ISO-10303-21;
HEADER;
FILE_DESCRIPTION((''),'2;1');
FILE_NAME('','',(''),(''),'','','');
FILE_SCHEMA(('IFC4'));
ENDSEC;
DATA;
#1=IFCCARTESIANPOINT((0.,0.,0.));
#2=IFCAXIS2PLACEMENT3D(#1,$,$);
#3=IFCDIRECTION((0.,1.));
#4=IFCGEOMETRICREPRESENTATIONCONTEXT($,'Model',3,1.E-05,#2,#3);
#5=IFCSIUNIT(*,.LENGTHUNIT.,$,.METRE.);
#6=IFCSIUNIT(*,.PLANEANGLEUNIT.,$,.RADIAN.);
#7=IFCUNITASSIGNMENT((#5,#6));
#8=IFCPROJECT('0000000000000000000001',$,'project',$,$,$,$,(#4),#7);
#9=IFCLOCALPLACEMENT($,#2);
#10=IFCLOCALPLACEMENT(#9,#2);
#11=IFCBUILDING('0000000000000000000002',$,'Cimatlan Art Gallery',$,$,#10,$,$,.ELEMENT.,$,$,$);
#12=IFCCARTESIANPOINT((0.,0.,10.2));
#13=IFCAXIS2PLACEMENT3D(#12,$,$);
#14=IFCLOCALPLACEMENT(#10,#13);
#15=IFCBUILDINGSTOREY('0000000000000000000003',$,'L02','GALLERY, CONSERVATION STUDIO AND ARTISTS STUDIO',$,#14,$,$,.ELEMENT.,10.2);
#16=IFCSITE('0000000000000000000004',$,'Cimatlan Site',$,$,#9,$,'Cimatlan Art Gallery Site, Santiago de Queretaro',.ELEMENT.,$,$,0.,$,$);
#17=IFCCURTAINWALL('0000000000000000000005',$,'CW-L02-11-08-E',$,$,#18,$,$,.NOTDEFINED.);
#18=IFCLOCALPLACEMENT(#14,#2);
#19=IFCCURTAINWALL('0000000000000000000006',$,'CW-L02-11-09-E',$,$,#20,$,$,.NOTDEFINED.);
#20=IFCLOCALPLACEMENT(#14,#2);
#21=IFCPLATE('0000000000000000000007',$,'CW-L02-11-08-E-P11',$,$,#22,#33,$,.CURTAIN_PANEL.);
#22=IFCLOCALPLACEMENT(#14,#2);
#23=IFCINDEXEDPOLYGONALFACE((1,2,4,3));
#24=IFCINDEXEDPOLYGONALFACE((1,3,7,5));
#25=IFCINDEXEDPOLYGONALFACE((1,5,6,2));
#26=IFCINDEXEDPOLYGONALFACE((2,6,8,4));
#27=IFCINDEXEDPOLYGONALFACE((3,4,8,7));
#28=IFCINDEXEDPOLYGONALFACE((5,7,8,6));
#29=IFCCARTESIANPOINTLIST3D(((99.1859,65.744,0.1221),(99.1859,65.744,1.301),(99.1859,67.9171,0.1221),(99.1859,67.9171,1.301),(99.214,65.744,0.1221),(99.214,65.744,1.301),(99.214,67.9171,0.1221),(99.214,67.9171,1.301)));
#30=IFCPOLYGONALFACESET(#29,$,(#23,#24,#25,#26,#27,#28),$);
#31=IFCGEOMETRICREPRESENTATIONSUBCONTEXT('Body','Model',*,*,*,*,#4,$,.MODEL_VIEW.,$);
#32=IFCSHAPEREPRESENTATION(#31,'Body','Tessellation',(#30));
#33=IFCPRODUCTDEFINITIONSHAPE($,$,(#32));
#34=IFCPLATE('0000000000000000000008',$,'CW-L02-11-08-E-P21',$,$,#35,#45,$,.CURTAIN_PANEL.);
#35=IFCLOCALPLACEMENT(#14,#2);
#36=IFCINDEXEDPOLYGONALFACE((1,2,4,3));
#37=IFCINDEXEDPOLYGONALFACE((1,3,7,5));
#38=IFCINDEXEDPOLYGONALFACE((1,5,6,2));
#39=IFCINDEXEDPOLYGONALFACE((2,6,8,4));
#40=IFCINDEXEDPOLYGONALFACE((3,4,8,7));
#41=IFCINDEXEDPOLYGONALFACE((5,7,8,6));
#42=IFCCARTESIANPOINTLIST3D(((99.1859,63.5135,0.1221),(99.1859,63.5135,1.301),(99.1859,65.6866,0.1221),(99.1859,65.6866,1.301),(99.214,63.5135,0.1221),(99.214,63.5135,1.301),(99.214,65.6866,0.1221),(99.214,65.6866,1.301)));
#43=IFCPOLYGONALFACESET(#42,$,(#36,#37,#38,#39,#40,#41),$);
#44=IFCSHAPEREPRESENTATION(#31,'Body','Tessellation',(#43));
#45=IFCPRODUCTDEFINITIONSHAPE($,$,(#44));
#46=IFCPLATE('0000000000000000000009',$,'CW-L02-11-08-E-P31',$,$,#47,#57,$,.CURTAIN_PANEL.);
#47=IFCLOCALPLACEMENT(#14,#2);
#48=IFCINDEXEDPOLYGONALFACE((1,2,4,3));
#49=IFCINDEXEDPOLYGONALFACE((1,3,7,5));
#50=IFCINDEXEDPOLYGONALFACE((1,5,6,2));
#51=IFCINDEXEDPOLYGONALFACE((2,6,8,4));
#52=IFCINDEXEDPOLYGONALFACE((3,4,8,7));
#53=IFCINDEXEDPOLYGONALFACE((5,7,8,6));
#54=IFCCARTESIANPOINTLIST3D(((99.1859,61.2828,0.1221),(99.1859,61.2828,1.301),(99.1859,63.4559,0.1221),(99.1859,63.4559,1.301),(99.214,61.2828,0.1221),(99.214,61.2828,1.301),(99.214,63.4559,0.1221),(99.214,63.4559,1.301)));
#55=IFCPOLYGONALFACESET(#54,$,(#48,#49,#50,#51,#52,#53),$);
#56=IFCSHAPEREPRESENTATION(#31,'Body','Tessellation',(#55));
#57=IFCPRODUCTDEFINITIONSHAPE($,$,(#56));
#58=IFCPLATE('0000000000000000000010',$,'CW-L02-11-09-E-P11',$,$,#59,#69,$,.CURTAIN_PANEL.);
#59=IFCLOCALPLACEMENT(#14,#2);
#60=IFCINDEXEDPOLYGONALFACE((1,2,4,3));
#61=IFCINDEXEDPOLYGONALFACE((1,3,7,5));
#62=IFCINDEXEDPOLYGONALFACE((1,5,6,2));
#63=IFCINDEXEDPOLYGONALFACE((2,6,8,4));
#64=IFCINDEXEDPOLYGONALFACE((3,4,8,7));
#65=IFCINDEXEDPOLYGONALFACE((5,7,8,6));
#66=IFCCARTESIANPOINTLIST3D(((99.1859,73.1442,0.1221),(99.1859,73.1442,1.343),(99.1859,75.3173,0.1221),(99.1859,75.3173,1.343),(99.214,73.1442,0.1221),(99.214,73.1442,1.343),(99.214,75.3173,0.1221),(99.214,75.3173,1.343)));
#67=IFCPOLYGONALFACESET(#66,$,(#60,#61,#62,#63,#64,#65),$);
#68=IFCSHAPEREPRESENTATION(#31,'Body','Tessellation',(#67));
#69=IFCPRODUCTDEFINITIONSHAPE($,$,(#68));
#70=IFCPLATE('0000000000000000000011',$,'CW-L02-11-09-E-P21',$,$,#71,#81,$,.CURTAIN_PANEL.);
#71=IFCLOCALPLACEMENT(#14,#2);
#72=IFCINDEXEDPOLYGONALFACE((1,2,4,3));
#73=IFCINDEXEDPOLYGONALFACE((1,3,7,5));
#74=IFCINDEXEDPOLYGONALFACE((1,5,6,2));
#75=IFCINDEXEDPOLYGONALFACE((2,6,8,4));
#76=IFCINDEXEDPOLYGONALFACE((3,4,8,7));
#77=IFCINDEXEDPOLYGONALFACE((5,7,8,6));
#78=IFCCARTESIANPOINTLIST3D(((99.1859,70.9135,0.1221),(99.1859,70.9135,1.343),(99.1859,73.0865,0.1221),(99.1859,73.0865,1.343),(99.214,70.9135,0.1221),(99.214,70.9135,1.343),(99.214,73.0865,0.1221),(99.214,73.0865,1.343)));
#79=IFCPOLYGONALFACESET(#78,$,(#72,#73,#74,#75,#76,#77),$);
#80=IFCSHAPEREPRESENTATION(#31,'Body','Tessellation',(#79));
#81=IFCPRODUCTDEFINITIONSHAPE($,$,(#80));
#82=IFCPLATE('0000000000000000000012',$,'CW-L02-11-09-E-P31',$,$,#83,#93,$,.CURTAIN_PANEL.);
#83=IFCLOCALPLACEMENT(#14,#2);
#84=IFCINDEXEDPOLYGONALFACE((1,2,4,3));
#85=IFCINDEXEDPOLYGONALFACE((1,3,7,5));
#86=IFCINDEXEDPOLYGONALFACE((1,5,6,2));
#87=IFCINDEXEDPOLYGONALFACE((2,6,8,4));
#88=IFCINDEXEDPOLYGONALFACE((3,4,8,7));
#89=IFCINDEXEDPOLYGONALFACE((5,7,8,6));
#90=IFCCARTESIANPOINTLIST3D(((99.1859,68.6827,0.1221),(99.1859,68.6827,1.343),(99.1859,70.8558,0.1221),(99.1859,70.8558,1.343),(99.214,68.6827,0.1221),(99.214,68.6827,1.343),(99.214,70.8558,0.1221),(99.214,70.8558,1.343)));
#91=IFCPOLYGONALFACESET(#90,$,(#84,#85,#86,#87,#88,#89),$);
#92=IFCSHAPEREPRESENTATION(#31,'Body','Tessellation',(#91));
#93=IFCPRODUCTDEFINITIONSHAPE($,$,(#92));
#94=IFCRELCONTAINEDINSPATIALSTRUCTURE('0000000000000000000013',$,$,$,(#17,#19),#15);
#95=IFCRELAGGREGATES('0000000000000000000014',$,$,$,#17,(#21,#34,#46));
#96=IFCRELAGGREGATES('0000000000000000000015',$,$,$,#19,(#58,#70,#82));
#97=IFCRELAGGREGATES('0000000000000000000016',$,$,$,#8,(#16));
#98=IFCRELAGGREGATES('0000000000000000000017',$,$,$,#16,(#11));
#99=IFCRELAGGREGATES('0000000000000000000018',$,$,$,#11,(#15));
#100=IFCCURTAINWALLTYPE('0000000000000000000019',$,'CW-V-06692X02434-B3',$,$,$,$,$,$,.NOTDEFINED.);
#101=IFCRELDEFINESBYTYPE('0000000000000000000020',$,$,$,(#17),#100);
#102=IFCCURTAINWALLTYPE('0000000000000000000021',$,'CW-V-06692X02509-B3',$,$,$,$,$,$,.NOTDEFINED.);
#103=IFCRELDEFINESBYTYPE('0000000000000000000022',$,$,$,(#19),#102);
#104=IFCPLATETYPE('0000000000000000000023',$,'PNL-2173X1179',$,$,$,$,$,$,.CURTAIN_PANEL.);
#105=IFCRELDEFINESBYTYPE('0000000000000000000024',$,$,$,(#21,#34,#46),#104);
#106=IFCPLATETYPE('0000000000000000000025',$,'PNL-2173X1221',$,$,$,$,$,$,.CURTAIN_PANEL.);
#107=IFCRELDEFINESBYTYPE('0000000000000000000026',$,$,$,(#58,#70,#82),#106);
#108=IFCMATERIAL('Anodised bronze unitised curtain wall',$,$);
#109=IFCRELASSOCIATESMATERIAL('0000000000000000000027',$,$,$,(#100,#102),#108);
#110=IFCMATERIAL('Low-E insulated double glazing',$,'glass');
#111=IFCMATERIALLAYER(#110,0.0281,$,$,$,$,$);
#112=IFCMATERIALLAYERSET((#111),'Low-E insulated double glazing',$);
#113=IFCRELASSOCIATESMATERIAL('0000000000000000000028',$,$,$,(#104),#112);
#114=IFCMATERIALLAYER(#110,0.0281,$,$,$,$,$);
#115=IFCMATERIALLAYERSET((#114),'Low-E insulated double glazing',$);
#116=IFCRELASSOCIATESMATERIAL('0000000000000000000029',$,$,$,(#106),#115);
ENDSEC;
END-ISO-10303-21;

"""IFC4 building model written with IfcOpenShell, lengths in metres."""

from ifc_helpers import new_model, si_unit, direction, frame, origin, origin_2d, place, context, subcontext, project, spatial, rectangle, extrude, material, layer, layer_set, type_object, element, aggregate, save


model = new_model("IFC4")

# Units and contexts
model_context = context("Model", 3, precision=1e-05, world=origin(), true_north=direction((0.0, 1.0)))
body_context = subcontext(model_context, "Body", "Model", "MODEL_VIEW")
ifc_project = project(units=[si_unit("LENGTHUNIT", "METRE"), si_unit("PLANEANGLEUNIT", "RADIAN")], contexts=[model_context])

# Site, building, storey
site_placement = place(None, origin())
site = spatial("IfcSite", under=ifc_project, at=site_placement, Name="Cimatlan Site", LongName="Cimatlan Art Gallery Site, Santiago de Queretaro", CompositionType="ELEMENT", RefElevation=0.0)
building_placement = place(site_placement, origin())
building = spatial("IfcBuilding", under=site, at=building_placement, Name="Cimatlan Art Gallery", CompositionType="ELEMENT")
storey_placement = place(building_placement, frame((0.0, 0.0, 10.2)))
storey = spatial("IfcBuildingStorey", under=building, at=storey_placement, Name="L02", Description="GALLERY, CONSERVATION STUDIO AND ARTISTS STUDIO", CompositionType="ELEMENT", Elevation=10.2)

# Curtain walls
ifc_material_1 = material(Name="Anodised bronze unitised curtain wall")
curtain_wall_type_1 = type_object("IfcCurtainWallType", Name="CW-V-06692X02434-B3", PredefinedType="NOTDEFINED", material=ifc_material_1)
curtain_wall_1_placement = place(storey_placement, origin())
curtain_wall_1 = element("IfcCurtainWall", 1, at=curtain_wall_1_placement, inside=storey, type_object=curtain_wall_type_1, Name="CW-L02-11-08-E", PredefinedType="NOTDEFINED")
curtain_wall_type_2 = type_object("IfcCurtainWallType", Name="CW-V-06692X02509-B3", PredefinedType="NOTDEFINED", material=ifc_material_1)
curtain_wall_2_placement = place(storey_placement, origin())
curtain_wall_2 = element("IfcCurtainWall", 2, at=curtain_wall_2_placement, inside=storey, type_object=curtain_wall_type_2, Name="CW-L02-11-09-E", PredefinedType="NOTDEFINED")

# Plates
ifc_material_2 = material(Name="Low-E insulated double glazing", Category="glass")
ifc_layer_1 = layer(ifc_material_2, 0.0281)
ifc_layer_set_1 = layer_set([ifc_layer_1], Name="Low-E insulated double glazing")
plate_type_1 = type_object("IfcPlateType", Name="PNL-2173X1179", PredefinedType="CURTAIN_PANEL", material=ifc_layer_set_1)
plate_1_placement = place(storey_placement, frame((99.2, 66.8306, 0.1221), z_axis=(0.0, 0.0, 1.0), x_axis=(0.0, -1.0, 0.0)))
plate_1 = element("IfcPlate", 3, at=plate_1_placement, type_object=plate_type_1, Name="CW-L02-11-08-E-P11", PredefinedType="CURTAIN_PANEL", context=body_context, shape_type="SweptSolid", body=[
    extrude(rectangle(XDim=2.1731, YDim=0.0281, at=origin_2d()), origin(), (0.0, 0.0, 1.0), 1.179),
])
plate_2_placement = place(storey_placement, frame((99.2, 64.6001, 0.1221), z_axis=(0.0, 0.0, 1.0), x_axis=(0.0, -1.0, 0.0)))
plate_2 = element("IfcPlate", 4, at=plate_2_placement, type_object=plate_type_1, Name="CW-L02-11-08-E-P21", PredefinedType="CURTAIN_PANEL", context=body_context, shape_type="SweptSolid", body=[
    extrude(rectangle(XDim=2.1731, YDim=0.0281, at=origin_2d()), origin(), (0.0, 0.0, 1.0), 1.179),
])
plate_3_placement = place(storey_placement, frame((99.2, 62.3694, 0.1221), z_axis=(0.0, 0.0, 1.0), x_axis=(0.0, -1.0, 0.0)))
plate_3 = element("IfcPlate", 5, at=plate_3_placement, type_object=plate_type_1, Name="CW-L02-11-08-E-P31", PredefinedType="CURTAIN_PANEL", context=body_context, shape_type="SweptSolid", body=[
    extrude(rectangle(XDim=2.1731, YDim=0.0281, at=origin_2d()), origin(), (0.0, 0.0, 1.0), 1.179),
])
aggregate(curtain_wall_1, [plate_1, plate_2, plate_3])
ifc_layer_2 = layer(ifc_material_2, 0.0281)
ifc_layer_set_2 = layer_set([ifc_layer_2], Name="Low-E insulated double glazing")
plate_type_2 = type_object("IfcPlateType", Name="PNL-2173X1221", PredefinedType="CURTAIN_PANEL", material=ifc_layer_set_2)
plate_4_placement = place(storey_placement, frame((99.2, 74.2307, 0.1221), z_axis=(0.0, 0.0, 1.0), x_axis=(0.0, -1.0, 0.0)))
plate_4 = element("IfcPlate", 6, at=plate_4_placement, type_object=plate_type_2, Name="CW-L02-11-09-E-P11", PredefinedType="CURTAIN_PANEL", context=body_context, shape_type="SweptSolid", body=[
    extrude(rectangle(XDim=2.1731, YDim=0.0281, at=origin_2d()), origin(), (0.0, 0.0, 1.0), 1.2209),
])
plate_5_placement = place(storey_placement, frame((99.2, 72.0, 0.1221), z_axis=(0.0, 0.0, 1.0), x_axis=(0.0, -1.0, 0.0)))
plate_5 = element("IfcPlate", 7, at=plate_5_placement, type_object=plate_type_2, Name="CW-L02-11-09-E-P21", PredefinedType="CURTAIN_PANEL", context=body_context, shape_type="SweptSolid", body=[
    extrude(rectangle(XDim=2.1731, YDim=0.0281, at=origin_2d()), origin(), (0.0, 0.0, 1.0), 1.2209),
])
plate_6_placement = place(storey_placement, frame((99.2, 69.7693, 0.1221), z_axis=(0.0, 0.0, 1.0), x_axis=(0.0, -1.0, 0.0)))
plate_6 = element("IfcPlate", 8, at=plate_6_placement, type_object=plate_type_2, Name="CW-L02-11-09-E-P31", PredefinedType="CURTAIN_PANEL", context=body_context, shape_type="SweptSolid", body=[
    extrude(rectangle(XDim=2.1731, YDim=0.0281, at=origin_2d()), origin(), (0.0, 0.0, 1.0), 1.2209),
])
aggregate(curtain_wall_2, [plate_4, plate_5, plate_6])

save(model, "model.ifc")
